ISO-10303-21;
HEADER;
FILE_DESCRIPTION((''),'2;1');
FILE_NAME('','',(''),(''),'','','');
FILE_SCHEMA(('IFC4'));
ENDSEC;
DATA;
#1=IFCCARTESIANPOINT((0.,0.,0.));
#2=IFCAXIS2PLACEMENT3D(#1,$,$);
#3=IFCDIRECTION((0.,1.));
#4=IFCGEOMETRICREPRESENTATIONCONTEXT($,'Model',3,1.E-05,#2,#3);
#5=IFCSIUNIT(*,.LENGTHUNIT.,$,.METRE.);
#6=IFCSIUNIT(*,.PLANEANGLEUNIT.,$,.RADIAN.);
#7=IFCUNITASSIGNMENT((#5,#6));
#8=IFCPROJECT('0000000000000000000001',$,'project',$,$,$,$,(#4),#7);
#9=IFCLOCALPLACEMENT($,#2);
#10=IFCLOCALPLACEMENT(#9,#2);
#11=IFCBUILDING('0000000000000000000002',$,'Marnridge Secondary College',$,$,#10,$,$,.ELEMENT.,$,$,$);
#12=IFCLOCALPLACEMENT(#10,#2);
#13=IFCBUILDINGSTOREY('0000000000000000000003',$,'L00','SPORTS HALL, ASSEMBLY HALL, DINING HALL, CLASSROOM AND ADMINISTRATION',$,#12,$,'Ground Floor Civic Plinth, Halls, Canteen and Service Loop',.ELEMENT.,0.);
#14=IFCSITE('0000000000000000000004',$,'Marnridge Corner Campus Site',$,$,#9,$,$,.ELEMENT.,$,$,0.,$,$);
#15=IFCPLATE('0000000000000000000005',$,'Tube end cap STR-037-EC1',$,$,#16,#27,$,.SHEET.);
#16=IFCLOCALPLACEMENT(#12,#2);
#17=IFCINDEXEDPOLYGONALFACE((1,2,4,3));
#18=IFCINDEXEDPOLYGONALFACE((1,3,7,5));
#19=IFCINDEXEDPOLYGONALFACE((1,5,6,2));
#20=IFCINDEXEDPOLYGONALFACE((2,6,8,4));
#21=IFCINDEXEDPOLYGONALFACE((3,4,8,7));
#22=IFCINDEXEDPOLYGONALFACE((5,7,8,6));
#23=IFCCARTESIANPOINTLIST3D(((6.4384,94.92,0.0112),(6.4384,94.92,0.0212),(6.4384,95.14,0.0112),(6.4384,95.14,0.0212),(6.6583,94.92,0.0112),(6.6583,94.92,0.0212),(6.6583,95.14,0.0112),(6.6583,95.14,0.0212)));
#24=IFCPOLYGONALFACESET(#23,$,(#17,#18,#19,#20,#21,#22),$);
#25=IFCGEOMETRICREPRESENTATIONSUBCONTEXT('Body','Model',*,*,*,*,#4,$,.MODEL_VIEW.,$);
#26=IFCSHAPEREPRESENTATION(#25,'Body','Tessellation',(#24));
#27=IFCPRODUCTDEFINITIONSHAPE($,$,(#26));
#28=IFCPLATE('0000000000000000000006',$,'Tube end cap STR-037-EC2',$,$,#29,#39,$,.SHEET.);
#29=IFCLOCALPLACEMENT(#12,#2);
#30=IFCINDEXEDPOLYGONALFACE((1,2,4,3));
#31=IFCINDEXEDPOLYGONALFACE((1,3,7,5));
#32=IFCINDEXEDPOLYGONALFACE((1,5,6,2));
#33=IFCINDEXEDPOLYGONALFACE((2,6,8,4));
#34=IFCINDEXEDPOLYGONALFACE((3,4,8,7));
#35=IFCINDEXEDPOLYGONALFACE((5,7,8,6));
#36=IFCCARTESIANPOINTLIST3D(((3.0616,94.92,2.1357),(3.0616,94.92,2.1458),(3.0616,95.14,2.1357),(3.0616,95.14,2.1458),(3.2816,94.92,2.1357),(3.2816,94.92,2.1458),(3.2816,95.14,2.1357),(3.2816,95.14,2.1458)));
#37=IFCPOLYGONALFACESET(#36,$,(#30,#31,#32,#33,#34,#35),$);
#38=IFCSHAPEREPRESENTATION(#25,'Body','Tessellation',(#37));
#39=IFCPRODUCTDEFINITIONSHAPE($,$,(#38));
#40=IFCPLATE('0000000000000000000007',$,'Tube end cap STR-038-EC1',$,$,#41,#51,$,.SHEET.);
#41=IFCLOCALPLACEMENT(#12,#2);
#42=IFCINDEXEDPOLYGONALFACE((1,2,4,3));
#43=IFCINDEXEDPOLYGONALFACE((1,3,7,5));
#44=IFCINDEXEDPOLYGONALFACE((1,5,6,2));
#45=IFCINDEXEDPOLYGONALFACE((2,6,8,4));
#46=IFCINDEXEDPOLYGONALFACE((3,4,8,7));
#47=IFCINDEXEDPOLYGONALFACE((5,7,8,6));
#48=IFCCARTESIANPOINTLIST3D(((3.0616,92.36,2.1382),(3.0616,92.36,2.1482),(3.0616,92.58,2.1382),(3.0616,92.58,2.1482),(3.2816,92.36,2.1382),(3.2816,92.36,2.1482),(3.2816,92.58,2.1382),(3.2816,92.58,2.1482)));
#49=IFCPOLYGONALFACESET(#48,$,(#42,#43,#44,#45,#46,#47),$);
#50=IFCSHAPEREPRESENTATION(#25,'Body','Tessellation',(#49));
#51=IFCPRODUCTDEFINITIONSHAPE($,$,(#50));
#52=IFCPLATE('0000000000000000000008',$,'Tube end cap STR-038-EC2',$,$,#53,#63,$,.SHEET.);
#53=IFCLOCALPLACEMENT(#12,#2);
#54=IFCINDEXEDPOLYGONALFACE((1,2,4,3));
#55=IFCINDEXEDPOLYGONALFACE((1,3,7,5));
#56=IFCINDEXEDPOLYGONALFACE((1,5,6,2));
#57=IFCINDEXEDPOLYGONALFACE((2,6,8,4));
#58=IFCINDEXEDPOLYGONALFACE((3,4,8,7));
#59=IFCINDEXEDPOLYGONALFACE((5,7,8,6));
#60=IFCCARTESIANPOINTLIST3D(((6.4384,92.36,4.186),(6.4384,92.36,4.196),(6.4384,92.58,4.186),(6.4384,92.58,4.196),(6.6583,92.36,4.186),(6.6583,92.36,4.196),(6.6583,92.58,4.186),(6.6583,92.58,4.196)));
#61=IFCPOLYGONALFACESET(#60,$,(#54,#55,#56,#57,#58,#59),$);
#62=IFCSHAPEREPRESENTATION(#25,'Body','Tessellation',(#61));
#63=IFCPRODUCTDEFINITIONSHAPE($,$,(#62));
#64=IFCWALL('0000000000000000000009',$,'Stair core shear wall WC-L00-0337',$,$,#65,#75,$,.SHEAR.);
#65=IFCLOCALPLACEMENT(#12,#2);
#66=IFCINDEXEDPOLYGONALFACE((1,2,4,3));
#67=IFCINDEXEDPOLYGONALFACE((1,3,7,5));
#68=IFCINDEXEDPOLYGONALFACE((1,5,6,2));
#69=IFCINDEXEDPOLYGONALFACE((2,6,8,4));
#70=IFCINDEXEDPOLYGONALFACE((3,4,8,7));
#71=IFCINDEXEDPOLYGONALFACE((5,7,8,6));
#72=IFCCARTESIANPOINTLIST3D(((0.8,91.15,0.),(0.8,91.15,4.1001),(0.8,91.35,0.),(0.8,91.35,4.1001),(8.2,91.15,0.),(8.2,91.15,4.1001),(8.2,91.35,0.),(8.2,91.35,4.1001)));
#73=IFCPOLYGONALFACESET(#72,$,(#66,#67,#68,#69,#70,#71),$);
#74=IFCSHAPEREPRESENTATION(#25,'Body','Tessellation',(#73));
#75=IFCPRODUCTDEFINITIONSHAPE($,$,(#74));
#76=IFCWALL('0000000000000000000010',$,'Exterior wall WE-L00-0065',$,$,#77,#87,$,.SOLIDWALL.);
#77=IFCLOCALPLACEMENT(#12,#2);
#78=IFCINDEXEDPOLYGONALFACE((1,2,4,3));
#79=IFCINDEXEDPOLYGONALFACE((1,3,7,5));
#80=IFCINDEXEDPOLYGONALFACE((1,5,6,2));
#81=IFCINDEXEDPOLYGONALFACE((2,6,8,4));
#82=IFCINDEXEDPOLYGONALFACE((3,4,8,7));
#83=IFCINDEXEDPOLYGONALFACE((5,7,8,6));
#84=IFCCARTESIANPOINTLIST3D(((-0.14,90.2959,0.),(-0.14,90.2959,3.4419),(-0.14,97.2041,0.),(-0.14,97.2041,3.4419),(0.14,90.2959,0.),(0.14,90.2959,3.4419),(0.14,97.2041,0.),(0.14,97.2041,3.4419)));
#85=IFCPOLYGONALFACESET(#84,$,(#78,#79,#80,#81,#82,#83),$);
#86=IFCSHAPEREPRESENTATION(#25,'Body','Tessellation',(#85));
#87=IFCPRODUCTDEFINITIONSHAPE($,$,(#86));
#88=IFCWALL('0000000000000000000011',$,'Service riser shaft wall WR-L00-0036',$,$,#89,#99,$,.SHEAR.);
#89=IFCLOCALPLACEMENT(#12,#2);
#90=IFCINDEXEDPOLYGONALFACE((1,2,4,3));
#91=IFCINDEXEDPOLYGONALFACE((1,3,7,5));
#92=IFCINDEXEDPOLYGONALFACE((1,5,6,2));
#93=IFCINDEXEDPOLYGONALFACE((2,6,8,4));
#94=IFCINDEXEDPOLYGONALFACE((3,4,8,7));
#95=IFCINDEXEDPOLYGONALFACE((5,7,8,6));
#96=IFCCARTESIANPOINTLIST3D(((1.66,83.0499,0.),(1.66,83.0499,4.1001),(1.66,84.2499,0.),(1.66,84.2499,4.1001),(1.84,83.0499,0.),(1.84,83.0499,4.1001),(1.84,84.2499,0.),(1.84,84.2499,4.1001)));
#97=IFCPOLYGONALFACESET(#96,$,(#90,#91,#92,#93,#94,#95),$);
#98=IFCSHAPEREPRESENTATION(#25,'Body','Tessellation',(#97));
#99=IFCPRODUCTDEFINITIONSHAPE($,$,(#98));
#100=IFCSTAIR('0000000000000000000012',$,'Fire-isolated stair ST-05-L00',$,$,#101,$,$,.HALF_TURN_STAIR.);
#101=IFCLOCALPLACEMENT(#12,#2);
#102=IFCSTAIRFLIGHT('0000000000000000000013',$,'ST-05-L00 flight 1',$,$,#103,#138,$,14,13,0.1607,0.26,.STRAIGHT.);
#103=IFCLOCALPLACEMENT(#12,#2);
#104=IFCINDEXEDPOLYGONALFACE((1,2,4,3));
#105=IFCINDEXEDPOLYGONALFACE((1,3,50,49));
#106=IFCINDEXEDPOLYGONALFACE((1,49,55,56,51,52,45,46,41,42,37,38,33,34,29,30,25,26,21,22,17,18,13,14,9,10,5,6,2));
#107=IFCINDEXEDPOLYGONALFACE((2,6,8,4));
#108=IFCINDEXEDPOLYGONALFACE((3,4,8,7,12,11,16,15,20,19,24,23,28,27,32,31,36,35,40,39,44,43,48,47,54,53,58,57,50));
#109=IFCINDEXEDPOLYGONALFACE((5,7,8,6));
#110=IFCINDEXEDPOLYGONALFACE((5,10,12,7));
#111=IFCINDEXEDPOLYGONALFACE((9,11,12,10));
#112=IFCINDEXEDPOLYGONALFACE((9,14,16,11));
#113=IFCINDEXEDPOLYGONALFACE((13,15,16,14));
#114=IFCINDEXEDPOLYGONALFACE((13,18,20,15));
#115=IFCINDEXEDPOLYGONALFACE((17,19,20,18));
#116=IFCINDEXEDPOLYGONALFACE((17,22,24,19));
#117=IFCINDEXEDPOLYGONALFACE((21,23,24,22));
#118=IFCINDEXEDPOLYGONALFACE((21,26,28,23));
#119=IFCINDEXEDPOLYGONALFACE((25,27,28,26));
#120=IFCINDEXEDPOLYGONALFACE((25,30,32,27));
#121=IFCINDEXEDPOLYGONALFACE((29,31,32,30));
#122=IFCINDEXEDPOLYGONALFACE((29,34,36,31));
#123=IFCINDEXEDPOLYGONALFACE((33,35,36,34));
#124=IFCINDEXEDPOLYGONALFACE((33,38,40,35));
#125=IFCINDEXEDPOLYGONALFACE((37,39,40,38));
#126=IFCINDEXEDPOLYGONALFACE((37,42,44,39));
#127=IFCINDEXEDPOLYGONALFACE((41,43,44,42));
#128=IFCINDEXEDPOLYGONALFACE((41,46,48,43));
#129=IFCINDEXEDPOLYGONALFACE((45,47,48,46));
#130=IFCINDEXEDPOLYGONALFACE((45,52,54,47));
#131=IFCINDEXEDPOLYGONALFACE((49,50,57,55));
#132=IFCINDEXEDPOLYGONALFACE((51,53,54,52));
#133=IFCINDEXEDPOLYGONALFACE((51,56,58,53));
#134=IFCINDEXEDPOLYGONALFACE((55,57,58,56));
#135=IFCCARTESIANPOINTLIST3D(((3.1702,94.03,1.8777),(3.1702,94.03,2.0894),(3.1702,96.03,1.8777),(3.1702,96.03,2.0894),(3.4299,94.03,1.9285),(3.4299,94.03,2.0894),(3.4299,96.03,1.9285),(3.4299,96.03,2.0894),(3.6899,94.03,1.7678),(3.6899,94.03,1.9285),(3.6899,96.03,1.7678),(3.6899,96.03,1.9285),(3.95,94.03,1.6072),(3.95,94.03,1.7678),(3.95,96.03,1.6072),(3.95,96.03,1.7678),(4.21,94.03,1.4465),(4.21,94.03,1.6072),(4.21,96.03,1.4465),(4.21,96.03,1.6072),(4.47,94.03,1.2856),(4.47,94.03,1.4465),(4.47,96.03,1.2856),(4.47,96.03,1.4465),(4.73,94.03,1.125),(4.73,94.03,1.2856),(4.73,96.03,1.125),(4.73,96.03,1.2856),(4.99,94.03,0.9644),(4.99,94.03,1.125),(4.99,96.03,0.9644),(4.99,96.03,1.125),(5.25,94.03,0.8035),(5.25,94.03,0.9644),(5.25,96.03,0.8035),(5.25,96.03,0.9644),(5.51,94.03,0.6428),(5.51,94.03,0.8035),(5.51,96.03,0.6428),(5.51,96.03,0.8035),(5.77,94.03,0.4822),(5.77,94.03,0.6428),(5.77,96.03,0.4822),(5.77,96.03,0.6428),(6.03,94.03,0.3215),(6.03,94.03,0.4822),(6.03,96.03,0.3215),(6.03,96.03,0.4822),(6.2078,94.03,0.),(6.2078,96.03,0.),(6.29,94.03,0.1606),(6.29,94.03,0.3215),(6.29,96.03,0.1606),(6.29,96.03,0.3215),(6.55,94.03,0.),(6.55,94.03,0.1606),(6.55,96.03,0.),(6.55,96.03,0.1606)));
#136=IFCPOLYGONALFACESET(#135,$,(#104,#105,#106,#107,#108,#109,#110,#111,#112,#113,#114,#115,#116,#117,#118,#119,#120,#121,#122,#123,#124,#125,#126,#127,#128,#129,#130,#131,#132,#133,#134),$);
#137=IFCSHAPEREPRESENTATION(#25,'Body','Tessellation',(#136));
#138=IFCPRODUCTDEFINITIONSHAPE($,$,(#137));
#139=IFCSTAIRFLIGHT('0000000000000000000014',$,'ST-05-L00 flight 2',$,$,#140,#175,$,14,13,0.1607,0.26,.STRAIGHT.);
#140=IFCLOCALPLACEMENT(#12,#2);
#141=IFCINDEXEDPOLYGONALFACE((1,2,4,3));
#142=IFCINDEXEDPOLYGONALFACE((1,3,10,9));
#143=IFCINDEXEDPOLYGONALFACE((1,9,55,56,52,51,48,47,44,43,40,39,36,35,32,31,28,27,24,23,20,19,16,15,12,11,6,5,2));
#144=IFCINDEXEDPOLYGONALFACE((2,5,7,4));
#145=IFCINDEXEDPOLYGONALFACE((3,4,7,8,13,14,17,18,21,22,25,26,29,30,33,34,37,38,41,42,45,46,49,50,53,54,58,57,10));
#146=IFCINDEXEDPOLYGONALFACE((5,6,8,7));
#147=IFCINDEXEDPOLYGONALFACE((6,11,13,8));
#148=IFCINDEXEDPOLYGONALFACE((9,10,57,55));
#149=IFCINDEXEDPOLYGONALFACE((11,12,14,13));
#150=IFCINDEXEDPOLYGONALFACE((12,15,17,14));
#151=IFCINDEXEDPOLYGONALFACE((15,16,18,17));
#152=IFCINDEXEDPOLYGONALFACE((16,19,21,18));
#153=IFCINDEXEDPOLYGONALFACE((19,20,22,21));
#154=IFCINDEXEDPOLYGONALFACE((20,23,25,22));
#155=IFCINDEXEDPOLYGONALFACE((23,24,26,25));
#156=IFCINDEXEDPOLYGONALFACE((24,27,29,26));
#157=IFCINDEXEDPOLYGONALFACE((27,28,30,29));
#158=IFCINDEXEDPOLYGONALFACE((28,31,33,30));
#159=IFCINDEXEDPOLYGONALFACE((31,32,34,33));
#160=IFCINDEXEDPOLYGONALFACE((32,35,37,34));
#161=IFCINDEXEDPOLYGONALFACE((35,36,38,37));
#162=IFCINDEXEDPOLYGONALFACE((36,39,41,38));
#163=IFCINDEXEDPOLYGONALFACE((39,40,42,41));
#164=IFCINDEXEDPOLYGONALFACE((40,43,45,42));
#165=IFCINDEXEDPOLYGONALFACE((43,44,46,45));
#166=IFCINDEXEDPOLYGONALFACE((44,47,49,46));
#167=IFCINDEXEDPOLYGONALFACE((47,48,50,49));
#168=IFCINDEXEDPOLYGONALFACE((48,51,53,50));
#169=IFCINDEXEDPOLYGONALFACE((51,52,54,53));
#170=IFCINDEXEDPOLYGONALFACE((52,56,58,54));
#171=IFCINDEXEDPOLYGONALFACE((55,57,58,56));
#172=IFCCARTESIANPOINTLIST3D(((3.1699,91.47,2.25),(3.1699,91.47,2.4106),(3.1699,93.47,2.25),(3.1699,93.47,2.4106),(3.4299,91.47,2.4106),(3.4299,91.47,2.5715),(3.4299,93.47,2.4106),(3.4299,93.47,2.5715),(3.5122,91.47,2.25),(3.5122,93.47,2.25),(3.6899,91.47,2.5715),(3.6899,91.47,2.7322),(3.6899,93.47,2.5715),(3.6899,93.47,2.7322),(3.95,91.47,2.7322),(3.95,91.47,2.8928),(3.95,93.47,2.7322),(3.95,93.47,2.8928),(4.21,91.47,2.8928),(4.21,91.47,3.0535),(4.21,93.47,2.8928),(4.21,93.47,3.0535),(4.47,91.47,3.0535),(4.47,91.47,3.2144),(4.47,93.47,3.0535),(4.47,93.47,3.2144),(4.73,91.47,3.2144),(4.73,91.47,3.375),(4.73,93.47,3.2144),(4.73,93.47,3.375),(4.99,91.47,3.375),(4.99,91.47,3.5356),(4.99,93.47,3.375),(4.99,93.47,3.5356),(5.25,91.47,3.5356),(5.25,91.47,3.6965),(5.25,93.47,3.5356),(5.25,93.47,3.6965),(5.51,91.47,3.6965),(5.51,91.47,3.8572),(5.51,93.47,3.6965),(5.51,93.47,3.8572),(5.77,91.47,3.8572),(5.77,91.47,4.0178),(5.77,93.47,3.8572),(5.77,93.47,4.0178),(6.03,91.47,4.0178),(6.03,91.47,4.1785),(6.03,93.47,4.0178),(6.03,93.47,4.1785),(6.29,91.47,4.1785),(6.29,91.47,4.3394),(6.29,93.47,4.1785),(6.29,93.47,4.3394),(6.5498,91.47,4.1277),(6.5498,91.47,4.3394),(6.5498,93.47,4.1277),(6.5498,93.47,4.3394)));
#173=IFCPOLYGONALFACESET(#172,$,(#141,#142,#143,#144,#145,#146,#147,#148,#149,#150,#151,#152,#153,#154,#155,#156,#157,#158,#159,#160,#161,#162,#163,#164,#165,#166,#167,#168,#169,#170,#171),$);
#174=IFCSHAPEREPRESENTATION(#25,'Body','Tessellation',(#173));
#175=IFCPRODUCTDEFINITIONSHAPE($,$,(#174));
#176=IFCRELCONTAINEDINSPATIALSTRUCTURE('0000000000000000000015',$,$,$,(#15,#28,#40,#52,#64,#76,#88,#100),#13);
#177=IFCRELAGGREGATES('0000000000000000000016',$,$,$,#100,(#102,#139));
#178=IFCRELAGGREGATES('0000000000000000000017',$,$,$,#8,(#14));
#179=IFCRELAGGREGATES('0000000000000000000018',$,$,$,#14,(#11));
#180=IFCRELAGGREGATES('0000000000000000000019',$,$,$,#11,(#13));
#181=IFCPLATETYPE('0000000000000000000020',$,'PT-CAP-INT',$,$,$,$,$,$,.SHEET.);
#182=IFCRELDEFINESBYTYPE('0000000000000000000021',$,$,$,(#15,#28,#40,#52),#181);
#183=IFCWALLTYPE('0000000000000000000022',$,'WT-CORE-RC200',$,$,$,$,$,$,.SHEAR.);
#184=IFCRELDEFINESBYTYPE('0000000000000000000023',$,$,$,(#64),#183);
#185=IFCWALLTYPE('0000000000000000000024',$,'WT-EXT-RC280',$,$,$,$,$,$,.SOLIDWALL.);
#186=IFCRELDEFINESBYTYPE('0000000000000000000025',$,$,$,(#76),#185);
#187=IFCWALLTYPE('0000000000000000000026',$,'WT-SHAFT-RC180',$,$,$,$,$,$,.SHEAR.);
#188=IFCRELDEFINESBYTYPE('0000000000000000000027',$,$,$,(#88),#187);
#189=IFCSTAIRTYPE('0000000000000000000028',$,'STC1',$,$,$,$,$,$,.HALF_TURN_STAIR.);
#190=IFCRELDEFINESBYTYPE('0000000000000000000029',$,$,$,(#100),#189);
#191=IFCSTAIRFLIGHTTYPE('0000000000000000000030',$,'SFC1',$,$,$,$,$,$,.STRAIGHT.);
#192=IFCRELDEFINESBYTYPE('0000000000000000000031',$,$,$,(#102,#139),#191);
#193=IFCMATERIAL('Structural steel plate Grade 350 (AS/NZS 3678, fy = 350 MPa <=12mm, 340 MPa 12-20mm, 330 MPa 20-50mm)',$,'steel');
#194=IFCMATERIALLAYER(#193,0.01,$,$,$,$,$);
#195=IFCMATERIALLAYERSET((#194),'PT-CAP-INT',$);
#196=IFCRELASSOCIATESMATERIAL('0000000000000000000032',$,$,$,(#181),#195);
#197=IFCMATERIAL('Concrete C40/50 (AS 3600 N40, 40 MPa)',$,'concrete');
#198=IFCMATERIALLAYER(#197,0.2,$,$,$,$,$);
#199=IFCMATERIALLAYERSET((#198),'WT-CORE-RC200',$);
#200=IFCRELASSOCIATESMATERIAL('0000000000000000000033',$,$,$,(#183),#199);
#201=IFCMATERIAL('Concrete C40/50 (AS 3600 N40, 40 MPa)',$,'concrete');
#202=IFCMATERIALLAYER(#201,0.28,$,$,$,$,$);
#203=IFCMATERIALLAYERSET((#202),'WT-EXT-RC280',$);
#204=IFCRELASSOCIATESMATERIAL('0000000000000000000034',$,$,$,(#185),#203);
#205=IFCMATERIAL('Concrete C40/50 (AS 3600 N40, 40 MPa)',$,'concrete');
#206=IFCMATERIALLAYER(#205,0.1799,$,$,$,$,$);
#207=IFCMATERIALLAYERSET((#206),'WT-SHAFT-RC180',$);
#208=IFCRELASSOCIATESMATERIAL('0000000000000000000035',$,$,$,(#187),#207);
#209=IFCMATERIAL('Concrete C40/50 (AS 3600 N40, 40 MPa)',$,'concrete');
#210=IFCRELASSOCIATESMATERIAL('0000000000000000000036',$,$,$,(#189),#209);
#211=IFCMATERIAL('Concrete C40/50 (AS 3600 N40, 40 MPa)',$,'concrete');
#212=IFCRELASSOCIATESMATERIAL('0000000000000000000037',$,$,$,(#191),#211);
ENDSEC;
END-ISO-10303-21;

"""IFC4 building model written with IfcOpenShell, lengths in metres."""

from ifc_helpers import new_model, si_unit, direction, frame, frame_2d, origin, origin_2d, place, context, subcontext, project, spatial, polyline, rectangle, outline, extrude, material, layer, layer_set, type_object, element, aggregate, save


model = new_model("IFC4")

# Units and contexts
model_context = context("Model", 3, precision=1e-05, world=origin(), true_north=direction((0.0, 1.0)))
body_context = subcontext(model_context, "Body", "Model", "MODEL_VIEW")
ifc_project = project(units=[si_unit("LENGTHUNIT", "METRE"), si_unit("PLANEANGLEUNIT", "RADIAN")], contexts=[model_context])

# Site, building, storey
site_placement = place(None, origin())
site = spatial("IfcSite", under=ifc_project, at=site_placement, Name="Marnridge Corner Campus Site", CompositionType="ELEMENT", RefElevation=0.0)
building_placement = place(site_placement, origin())
building = spatial("IfcBuilding", under=site, at=building_placement, Name="Marnridge Secondary College", CompositionType="ELEMENT")
storey_placement = place(building_placement, origin())
storey = spatial("IfcBuildingStorey", under=building, at=storey_placement, Name="L00", Description="SPORTS HALL, ASSEMBLY HALL, DINING HALL, CLASSROOM AND ADMINISTRATION", LongName="Ground Floor Civic Plinth, Halls, Canteen and Service Loop", CompositionType="ELEMENT", Elevation=0.0)

# Plates
ifc_material_1 = material(Name="Structural steel plate Grade 350 (AS/NZS 3678, fy = 350 MPa <=12mm, 340 MPa 12-20mm, 330 MPa 20-50mm)", Category="steel")
ifc_layer_1 = layer(ifc_material_1, 0.01)
ifc_layer_set_1 = layer_set([ifc_layer_1], Name="PT-CAP-INT")
plate_type = type_object("IfcPlateType", Name="PT-CAP-INT", PredefinedType="SHEET", material=ifc_layer_set_1)
for number, where, z_axis, x_axis, name in (
    (1, (6.5483, 95.03, 0.0112), (0.0, 0.0, 1.0), (-1.0, 0.0, 0.0), "Tube end cap STR-037-EC1"),
    (2, (3.1716, 95.03, 2.1357), (0.0, 0.0, 1.0), (-1.0, 0.0, 0.0), "Tube end cap STR-037-EC2"),
    (3, (3.1716, 92.47, 2.1382), (0.0, 0.0, 1.0), (1.0, 0.0, 0.0), "Tube end cap STR-038-EC1"),
    (4, (6.5483, 92.47, 4.186), (0.0, 0.0, 1.0), (1.0, 0.0, 0.0), "Tube end cap STR-038-EC2"),
):
    element("IfcPlate", number, at=place(storey_placement, frame(where, z_axis=z_axis, x_axis=x_axis)), inside=storey, type_object=plate_type, Name=name, PredefinedType="SHEET", context=body_context, shape_type="SweptSolid", body=[
        extrude(rectangle(XDim=0.22, YDim=0.22, at=origin_2d()), origin(), (0.0, 0.0, 1.0), 0.01),
    ])

# Walls
ifc_material_2 = material(Name="Concrete C40/50 (AS 3600 N40, 40 MPa)", Category="concrete")
ifc_layer_2 = layer(ifc_material_2, 0.2)
ifc_layer_set_2 = layer_set([ifc_layer_2], Name="WT-CORE-RC200")
wall_type_1 = type_object("IfcWallType", Name="WT-CORE-RC200", PredefinedType="SHEAR", material=ifc_layer_set_2)
wall_1_placement = place(storey_placement, frame((0.8, 91.25, 0.0), z_axis=(0.0, 0.0, 1.0), x_axis=(1.0, 0.0, 0.0)))
element("IfcWall", 5, at=wall_1_placement, inside=storey, type_object=wall_type_1, Name="Stair core shear wall WC-L00-0337", PredefinedType="SHEAR", context=body_context, shape_type="SweptSolid", body=[
    extrude(rectangle(XDim=7.3999, YDim=0.2, at=frame_2d((3.7, 0.0))), origin(), (0.0, 0.0, 1.0), 4.1001),
])
ifc_material_3 = material(Name="Concrete C40/50 (AS 3600 N40, 40 MPa)", Category="concrete")
ifc_layer_3 = layer(ifc_material_3, 0.28)
ifc_layer_set_3 = layer_set([ifc_layer_3], Name="WT-EXT-RC280")
wall_type_2 = type_object("IfcWallType", Name="WT-EXT-RC280", PredefinedType="SOLIDWALL", material=ifc_layer_set_3)
wall_2_placement = place(storey_placement, frame((0.0, 90.2959, 0.0), z_axis=(0.0, 0.0, 1.0), x_axis=(0.0, 1.0, 0.0)))
element("IfcWall", 6, at=wall_2_placement, inside=storey, type_object=wall_type_2, Name="Exterior wall WE-L00-0065", PredefinedType="SOLIDWALL", context=body_context, shape_type="SweptSolid", body=[
    extrude(rectangle(XDim=6.9082, YDim=0.28, at=frame_2d((3.4541, 0.0))), origin(), (0.0, 0.0, 1.0), 3.4419),
])
ifc_material_4 = material(Name="Concrete C40/50 (AS 3600 N40, 40 MPa)", Category="concrete")
ifc_layer_4 = layer(ifc_material_4, 0.1799)
ifc_layer_set_4 = layer_set([ifc_layer_4], Name="WT-SHAFT-RC180")
wall_type_3 = type_object("IfcWallType", Name="WT-SHAFT-RC180", PredefinedType="SHEAR", material=ifc_layer_set_4)
wall_3_placement = place(storey_placement, frame((1.75, 84.25, 0.0), z_axis=(0.0, 0.0, 1.0), x_axis=(0.0, -1.0, 0.0)))
element("IfcWall", 7, at=wall_3_placement, inside=storey, type_object=wall_type_3, Name="Service riser shaft wall WR-L00-0036", PredefinedType="SHEAR", context=body_context, shape_type="SweptSolid", body=[
    extrude(rectangle(XDim=1.2, YDim=0.1799, at=frame_2d((0.6001, 0.0))), origin(), (0.0, 0.0, 1.0), 4.1001),
])

# Stair, stair flights
ifc_material_5 = material(Name="Concrete C40/50 (AS 3600 N40, 40 MPa)", Category="concrete")
stair_type = type_object("IfcStairType", Name="STC1", PredefinedType="HALF_TURN_STAIR", material=ifc_material_5)
stair_placement = place(storey_placement, origin())
stair = element("IfcStair", 8, at=stair_placement, inside=storey, type_object=stair_type, Name="Fire-isolated stair ST-05-L00", PredefinedType="HALF_TURN_STAIR")
ifc_material_6 = material(Name="Concrete C40/50 (AS 3600 N40, 40 MPa)", Category="concrete")
stair_flight_type = type_object("IfcStairFlightType", Name="SFC1", PredefinedType="STRAIGHT", material=ifc_material_6)
stair_flight_1_placement = place(storey_placement, frame((6.55, 95.03, 0.0), z_axis=(0.0, 0.0, 1.0), x_axis=(-1.0, 0.0, 0.0)))
stair_flight_1 = element("IfcStairFlight", 9, at=stair_flight_1_placement, type_object=stair_flight_type, Name="ST-05-L00 flight 1", NumberOfRisers=14, NumberOfTreads=13, PredefinedType="STRAIGHT", RiserHeight=0.1607, TreadLength=0.26, context=body_context, shape_type="SweptSolid", body=[
    extrude(outline(polyline([(0.0, 0.0), (0.0, 0.1606), (0.26, 0.1606), (0.26, 0.3215), (0.52, 0.3215), (0.52, 0.4822), (0.78, 0.4822), (0.78, 0.6428), (1.04, 0.6428), (1.04, 0.8035), (1.3, 0.8035), (1.3, 0.9644), (1.5601, 0.9644), (1.5601, 1.125), (1.8201, 1.125), (1.8201, 1.2856), (2.0801, 1.2856), (2.0801, 1.4465), (2.3401, 1.4465), (2.3401, 1.6072), (2.6001, 1.6072), (2.6001, 1.7678), (2.8601, 1.7678), (2.8601, 1.9285), (3.1201, 1.9285), (3.1201, 2.0894), (3.3799, 2.0894), (3.3799, 2.25), (3.3799, 1.8777), (0.3423, 0.0), (0.0, 0.0)])), frame((0.0, 1.0, 0.0), z_axis=(0.0, -1.0, 0.0), x_axis=(1.0, 0.0, 0.0)), (0.0, 0.0, 1.0), 2.0),
])
stair_flight_2_placement = place(storey_placement, frame((3.1699, 92.47, 2.25), z_axis=(0.0, 0.0, 1.0), x_axis=(1.0, 0.0, 0.0)))
stair_flight_2 = element("IfcStairFlight", 10, at=stair_flight_2_placement, type_object=stair_flight_type, Name="ST-05-L00 flight 2", NumberOfRisers=14, NumberOfTreads=13, PredefinedType="STRAIGHT", RiserHeight=0.1607, TreadLength=0.26, context=body_context, shape_type="SweptSolid", body=[
    extrude(outline(polyline([(0.0, 0.0), (0.0, 0.1606), (0.26, 0.1606), (0.26, 0.3215), (0.52, 0.3215), (0.52, 0.4822), (0.78, 0.4822), (0.78, 0.6428), (1.04, 0.6428), (1.04, 0.8035), (1.3, 0.8035), (1.3, 0.9644), (1.5601, 0.9644), (1.5601, 1.125), (1.8201, 1.125), (1.8201, 1.2856), (2.0801, 1.2856), (2.0801, 1.4465), (2.3401, 1.4465), (2.3401, 1.6072), (2.6001, 1.6072), (2.6001, 1.7678), (2.8601, 1.7678), (2.8601, 1.9285), (3.1201, 1.9285), (3.1201, 2.0894), (3.3799, 2.0894), (3.3799, 2.25), (3.3799, 1.8777), (0.3423, 0.0), (0.0, 0.0)])), frame((0.0, 1.0, 0.0), z_axis=(0.0, -1.0, 0.0), x_axis=(1.0, 0.0, 0.0)), (0.0, 0.0, 1.0), 2.0),
])
aggregate(stair, [stair_flight_1, stair_flight_2])

save(model, "model.ifc")
